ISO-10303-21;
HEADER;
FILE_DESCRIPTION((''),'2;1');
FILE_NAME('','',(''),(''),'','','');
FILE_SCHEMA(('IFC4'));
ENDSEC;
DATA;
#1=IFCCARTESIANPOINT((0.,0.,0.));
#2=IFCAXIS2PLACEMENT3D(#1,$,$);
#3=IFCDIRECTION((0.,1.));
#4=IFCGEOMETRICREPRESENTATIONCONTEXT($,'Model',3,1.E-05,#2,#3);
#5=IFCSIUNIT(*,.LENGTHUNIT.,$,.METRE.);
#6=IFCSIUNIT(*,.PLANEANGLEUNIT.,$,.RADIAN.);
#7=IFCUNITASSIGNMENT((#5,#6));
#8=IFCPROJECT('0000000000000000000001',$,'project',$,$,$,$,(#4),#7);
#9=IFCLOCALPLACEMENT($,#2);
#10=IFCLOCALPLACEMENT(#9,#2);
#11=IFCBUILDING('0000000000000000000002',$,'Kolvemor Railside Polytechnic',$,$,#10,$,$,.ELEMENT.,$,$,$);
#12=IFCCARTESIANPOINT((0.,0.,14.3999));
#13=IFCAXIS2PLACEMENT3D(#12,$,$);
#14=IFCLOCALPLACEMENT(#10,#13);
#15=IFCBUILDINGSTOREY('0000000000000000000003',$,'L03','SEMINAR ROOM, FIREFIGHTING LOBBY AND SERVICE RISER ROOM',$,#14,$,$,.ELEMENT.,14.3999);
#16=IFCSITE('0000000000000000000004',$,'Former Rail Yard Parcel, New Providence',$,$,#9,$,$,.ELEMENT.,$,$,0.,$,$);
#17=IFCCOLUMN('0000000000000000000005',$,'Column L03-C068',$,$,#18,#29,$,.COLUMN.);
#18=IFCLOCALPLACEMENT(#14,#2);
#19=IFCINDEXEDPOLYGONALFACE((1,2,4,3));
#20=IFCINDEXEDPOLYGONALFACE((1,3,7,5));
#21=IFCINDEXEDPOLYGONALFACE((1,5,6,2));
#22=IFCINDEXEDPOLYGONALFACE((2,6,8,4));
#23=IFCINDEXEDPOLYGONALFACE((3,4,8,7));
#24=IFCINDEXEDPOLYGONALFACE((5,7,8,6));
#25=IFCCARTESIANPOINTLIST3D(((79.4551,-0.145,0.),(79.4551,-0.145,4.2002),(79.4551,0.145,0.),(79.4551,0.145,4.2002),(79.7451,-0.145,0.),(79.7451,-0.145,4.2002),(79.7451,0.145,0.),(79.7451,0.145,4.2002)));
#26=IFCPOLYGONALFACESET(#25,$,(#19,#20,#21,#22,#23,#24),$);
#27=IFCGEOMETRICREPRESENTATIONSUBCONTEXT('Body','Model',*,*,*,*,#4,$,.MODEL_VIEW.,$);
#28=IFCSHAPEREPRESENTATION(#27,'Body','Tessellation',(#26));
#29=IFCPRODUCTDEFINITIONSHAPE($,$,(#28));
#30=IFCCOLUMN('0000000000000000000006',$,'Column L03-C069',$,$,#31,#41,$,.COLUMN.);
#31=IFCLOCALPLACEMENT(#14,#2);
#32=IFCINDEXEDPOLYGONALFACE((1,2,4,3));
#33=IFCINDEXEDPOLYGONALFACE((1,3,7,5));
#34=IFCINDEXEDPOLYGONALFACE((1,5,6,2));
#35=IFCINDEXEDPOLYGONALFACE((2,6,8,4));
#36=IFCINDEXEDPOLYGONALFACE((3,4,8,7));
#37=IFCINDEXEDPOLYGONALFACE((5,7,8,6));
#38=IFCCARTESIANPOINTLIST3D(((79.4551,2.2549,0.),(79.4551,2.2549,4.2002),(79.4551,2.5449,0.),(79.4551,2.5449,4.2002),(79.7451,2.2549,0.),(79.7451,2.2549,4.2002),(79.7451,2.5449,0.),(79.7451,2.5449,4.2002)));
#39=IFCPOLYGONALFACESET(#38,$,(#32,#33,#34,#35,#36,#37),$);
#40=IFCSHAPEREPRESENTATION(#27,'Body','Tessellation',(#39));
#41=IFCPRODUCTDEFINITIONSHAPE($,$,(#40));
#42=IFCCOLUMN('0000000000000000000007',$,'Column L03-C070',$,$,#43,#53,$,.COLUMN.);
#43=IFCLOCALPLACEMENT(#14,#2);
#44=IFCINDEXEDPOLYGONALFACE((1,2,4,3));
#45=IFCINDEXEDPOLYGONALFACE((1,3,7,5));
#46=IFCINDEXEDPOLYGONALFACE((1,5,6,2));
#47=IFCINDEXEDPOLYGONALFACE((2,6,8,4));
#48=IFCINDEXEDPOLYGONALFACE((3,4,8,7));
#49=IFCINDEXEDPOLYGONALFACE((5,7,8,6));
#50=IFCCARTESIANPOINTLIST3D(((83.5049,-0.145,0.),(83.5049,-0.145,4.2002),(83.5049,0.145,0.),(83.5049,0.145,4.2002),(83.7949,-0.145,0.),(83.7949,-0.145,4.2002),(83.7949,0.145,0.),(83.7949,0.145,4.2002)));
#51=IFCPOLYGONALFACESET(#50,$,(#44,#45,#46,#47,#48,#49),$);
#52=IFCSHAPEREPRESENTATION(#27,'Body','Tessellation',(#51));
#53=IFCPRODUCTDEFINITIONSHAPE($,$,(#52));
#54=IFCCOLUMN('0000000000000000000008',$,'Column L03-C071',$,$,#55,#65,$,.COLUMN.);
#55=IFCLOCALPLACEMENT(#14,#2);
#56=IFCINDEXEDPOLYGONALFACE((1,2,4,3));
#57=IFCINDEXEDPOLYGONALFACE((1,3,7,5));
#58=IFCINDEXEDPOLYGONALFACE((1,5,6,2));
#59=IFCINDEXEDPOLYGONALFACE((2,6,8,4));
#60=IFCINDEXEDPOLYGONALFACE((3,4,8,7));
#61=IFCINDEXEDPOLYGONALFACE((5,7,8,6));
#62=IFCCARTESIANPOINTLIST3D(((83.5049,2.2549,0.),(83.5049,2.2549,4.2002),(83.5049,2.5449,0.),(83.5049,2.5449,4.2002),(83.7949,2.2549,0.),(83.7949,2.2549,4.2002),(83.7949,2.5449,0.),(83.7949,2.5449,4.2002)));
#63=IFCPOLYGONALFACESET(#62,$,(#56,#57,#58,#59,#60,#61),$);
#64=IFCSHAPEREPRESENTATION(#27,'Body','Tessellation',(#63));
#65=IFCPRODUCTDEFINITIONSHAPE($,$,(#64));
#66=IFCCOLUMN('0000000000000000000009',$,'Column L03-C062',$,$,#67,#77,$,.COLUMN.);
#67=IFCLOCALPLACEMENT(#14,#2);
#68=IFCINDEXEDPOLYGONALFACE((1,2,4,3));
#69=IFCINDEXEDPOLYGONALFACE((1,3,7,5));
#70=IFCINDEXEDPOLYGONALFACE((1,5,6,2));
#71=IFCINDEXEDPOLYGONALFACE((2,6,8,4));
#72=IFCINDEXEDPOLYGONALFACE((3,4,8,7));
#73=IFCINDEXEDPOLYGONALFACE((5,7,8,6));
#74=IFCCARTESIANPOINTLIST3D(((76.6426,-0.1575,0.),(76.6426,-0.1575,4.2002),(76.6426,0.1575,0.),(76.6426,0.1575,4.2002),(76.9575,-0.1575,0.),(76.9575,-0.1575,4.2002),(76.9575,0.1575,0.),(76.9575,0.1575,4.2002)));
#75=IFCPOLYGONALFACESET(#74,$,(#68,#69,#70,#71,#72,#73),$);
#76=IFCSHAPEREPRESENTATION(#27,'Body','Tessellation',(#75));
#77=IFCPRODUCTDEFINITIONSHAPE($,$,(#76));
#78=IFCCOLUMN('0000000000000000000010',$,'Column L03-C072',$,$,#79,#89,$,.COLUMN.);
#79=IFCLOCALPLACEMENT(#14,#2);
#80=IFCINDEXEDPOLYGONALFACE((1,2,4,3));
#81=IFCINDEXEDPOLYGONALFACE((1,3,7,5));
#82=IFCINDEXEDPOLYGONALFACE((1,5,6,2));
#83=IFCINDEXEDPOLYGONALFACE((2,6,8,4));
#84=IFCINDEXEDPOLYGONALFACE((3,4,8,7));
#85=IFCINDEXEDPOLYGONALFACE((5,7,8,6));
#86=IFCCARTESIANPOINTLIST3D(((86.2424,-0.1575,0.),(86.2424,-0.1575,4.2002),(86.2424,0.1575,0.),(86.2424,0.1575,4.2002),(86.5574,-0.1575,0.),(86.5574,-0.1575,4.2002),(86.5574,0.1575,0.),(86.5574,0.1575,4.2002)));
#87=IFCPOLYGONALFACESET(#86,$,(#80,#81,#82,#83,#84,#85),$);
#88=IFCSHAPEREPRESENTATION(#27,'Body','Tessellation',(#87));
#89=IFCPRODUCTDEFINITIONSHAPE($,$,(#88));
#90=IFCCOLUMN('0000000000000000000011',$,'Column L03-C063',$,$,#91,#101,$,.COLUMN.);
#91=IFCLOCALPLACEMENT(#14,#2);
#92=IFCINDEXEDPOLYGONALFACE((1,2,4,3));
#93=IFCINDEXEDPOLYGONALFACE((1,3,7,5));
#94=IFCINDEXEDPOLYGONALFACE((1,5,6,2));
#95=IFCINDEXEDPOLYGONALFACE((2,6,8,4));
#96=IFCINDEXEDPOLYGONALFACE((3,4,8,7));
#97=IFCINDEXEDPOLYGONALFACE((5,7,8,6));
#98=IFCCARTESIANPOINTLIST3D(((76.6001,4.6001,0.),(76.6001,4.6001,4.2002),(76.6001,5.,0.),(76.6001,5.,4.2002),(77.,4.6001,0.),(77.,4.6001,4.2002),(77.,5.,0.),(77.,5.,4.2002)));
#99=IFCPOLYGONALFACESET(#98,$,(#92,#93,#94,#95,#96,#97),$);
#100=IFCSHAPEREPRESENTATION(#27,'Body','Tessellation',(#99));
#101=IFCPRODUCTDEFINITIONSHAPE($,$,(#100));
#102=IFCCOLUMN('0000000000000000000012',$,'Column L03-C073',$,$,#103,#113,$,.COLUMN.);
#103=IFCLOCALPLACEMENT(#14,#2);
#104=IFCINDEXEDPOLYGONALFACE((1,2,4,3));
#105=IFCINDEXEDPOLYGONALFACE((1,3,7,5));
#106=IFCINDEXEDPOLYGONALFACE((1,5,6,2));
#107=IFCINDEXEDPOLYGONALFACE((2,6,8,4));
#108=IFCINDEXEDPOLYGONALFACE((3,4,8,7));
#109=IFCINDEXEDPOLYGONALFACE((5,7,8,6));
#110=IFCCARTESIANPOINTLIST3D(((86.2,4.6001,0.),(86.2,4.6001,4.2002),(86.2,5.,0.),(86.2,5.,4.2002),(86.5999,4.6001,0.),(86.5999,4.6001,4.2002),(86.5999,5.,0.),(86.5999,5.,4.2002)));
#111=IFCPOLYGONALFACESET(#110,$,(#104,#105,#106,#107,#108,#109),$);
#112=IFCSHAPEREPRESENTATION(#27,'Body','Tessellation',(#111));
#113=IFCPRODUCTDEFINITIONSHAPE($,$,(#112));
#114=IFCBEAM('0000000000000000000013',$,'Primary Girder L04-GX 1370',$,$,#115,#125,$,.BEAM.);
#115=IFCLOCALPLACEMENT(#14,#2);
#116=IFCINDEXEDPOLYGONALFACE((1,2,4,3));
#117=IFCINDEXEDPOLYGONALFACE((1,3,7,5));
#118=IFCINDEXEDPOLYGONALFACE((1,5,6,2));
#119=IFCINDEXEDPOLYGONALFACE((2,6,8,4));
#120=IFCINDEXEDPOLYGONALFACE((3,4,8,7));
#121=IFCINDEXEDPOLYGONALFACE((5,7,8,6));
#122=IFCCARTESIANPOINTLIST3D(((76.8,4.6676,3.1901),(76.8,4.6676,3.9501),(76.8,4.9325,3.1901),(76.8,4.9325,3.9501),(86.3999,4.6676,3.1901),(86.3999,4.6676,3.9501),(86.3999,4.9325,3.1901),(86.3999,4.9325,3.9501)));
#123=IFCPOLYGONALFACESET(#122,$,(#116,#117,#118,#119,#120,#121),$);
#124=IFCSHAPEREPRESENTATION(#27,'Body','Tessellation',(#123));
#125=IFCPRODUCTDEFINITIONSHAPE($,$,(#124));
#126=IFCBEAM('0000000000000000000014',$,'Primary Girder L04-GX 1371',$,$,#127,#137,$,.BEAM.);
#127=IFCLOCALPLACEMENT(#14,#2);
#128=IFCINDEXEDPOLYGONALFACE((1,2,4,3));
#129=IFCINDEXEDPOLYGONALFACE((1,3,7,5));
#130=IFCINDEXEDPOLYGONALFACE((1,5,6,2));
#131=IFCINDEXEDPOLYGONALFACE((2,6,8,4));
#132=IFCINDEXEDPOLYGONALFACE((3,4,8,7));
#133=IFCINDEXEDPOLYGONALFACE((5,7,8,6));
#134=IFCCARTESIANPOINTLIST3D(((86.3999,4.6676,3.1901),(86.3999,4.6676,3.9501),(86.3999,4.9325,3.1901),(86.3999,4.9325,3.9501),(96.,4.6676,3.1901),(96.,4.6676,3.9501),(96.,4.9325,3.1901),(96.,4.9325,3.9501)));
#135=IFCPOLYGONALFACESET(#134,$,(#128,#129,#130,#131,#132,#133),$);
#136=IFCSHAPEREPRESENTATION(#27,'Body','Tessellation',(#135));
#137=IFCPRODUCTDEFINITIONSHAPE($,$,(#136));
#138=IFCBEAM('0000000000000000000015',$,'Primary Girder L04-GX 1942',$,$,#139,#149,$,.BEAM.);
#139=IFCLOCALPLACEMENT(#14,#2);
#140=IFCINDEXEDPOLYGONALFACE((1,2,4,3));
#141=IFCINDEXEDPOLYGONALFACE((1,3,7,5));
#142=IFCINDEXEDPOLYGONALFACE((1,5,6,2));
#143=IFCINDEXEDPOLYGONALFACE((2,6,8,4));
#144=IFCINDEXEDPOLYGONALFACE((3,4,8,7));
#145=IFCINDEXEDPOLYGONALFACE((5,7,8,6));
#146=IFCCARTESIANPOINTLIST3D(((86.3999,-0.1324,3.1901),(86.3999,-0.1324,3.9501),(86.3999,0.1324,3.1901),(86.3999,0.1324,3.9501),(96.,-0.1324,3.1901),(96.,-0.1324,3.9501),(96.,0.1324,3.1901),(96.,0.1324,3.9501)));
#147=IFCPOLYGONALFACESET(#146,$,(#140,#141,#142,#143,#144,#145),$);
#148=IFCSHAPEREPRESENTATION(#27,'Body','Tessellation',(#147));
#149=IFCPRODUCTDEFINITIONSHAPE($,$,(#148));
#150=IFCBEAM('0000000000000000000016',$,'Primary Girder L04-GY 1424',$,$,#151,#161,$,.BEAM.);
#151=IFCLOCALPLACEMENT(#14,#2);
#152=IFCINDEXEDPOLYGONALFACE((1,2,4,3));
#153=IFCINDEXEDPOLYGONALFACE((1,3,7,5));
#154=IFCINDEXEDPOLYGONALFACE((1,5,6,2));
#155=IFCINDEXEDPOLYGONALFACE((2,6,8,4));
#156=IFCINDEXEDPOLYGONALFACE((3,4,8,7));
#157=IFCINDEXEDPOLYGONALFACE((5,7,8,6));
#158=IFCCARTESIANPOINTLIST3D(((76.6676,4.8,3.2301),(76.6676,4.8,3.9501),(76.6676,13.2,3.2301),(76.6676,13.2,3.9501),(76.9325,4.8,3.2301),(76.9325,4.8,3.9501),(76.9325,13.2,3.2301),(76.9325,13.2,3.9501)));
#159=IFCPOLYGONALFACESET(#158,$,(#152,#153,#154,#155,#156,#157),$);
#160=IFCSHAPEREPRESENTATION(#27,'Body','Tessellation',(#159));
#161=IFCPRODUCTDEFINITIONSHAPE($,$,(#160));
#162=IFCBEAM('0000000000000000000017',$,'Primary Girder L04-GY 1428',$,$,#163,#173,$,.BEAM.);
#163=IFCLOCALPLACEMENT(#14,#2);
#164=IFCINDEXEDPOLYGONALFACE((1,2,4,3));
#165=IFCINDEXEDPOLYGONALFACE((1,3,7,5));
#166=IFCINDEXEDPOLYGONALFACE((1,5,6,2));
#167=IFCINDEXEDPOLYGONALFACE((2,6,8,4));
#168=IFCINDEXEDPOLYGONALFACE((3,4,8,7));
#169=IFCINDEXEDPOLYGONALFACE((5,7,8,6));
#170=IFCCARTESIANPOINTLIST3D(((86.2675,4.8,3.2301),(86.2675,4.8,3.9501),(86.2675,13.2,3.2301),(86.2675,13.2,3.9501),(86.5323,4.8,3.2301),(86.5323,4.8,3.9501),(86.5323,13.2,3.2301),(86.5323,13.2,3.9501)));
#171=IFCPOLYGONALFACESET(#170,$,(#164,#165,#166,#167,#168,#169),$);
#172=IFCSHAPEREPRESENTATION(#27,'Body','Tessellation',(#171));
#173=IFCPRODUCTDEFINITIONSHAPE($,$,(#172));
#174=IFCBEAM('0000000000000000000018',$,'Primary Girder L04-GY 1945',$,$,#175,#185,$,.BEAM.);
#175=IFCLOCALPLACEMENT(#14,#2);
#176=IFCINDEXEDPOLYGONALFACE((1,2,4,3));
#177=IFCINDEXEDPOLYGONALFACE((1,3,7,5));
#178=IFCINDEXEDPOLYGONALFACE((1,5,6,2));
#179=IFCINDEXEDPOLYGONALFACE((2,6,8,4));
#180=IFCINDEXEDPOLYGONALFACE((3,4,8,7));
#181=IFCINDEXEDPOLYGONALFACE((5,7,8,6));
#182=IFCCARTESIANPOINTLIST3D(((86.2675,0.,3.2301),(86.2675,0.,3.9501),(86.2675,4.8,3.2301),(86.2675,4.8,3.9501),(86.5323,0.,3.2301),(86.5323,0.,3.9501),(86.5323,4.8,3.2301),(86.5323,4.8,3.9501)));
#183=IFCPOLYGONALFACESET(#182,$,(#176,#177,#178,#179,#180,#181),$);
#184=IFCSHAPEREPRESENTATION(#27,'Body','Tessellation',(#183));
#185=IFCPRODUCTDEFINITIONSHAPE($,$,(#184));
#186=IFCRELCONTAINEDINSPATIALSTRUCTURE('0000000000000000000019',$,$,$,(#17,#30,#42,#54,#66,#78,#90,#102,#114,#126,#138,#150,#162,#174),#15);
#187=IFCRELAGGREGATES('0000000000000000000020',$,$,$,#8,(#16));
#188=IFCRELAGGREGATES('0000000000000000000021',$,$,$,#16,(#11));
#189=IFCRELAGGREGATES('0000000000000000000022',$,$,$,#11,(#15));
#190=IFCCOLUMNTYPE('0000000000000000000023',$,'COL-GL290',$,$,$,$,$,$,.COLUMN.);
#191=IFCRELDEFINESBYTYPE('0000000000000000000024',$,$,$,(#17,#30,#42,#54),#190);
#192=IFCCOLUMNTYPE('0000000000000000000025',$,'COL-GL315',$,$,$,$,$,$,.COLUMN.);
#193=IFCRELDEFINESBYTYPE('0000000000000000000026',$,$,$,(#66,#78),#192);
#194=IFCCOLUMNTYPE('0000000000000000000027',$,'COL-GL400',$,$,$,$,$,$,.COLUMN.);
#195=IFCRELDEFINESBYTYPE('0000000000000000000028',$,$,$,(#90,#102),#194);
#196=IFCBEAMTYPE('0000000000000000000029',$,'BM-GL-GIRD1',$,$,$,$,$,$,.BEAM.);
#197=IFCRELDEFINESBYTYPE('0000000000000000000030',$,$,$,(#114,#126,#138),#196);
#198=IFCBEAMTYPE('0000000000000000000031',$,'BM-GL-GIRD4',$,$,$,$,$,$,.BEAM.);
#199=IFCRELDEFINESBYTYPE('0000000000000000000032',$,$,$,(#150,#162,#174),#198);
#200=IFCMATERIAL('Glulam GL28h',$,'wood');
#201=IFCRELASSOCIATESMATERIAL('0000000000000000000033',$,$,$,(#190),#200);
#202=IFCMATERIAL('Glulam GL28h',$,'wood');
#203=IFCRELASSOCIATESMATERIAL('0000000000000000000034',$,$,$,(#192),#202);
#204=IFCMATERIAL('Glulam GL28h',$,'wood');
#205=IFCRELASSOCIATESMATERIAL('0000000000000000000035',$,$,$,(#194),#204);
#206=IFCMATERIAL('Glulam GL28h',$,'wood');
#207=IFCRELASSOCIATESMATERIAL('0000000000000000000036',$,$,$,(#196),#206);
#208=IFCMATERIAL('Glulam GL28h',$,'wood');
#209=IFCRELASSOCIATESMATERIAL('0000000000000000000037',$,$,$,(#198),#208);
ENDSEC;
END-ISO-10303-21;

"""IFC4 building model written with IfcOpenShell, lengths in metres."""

from ifc_helpers import new_model, si_unit, direction, frame, origin, origin_2d, place, context, subcontext, project, spatial, rectangle, extrude, material, material_profile, profile_set, type_object, element, save


model = new_model("IFC4")

# Units and contexts
model_context = context("Model", 3, precision=1e-05, world=origin(), true_north=direction((0.0, 1.0)))
body_context = subcontext(model_context, "Body", "Model", "MODEL_VIEW")
ifc_project = project(units=[si_unit("LENGTHUNIT", "METRE"), si_unit("PLANEANGLEUNIT", "RADIAN")], contexts=[model_context])

# Site, building, storey
site_placement = place(None, origin())
site = spatial("IfcSite", under=ifc_project, at=site_placement, Name="Former Rail Yard Parcel, New Providence", CompositionType="ELEMENT", RefElevation=0.0)
building_placement = place(site_placement, origin())
building = spatial("IfcBuilding", under=site, at=building_placement, Name="Kolvemor Railside Polytechnic", CompositionType="ELEMENT")
storey_placement = place(building_placement, frame((0.0, 0.0, 14.3999)))
storey = spatial("IfcBuildingStorey", under=building, at=storey_placement, Name="L03", Description="SEMINAR ROOM, FIREFIGHTING LOBBY AND SERVICE RISER ROOM", CompositionType="ELEMENT", Elevation=14.3999)

# Columns
ifc_material_1 = material(Name="Glulam GL28h", Category="wood")
ifc_material_profile_1 = material_profile(ifc_material_1, rectangle(XDim=0.29, YDim=0.29, at=origin_2d()), Name="GL290x290")
ifc_profile_set_1 = profile_set([ifc_material_profile_1], Name="Glulam GL28h")
column_type_1 = type_object("IfcColumnType", Name="COL-GL290", PredefinedType="COLUMN", material=ifc_profile_set_1)
for number, where, z_axis, x_axis, name in (
    (1, (79.6001, 0.0, 0.0), (0.0, 0.0, 1.0), (1.0, 0.0, 0.0), "Column L03-C068"),
    (2, (79.6001, 2.3999, 0.0), (0.0, 0.0, 1.0), (1.0, 0.0, 0.0), "Column L03-C069"),
    (3, (83.6499, 0.0, 0.0), (0.0, 0.0, 1.0), (1.0, 0.0, 0.0), "Column L03-C070"),
    (4, (83.6499, 2.3999, 0.0), (0.0, 0.0, 1.0), (1.0, 0.0, 0.0), "Column L03-C071"),
):
    element("IfcColumn", number, at=place(storey_placement, frame(where, z_axis=z_axis, x_axis=x_axis)), inside=storey, type_object=column_type_1, Name=name, PredefinedType="COLUMN", context=body_context, shape_type="SweptSolid", body=[
        extrude(rectangle(XDim=0.29, YDim=0.29, at=origin_2d()), origin(), (0.0, 0.0, 1.0), 4.2002),
    ])
ifc_material_2 = material(Name="Glulam GL28h", Category="wood")
ifc_material_profile_2 = material_profile(ifc_material_2, rectangle(XDim=0.3149, YDim=0.3149, at=origin_2d()), Name="GL315x315")
ifc_profile_set_2 = profile_set([ifc_material_profile_2], Name="Glulam GL28h")
column_type_2 = type_object("IfcColumnType", Name="COL-GL315", PredefinedType="COLUMN", material=ifc_profile_set_2)
for number, where, z_axis, x_axis, name in (
    (5, (76.8, 0.0, 0.0), (0.0, 0.0, 1.0), (1.0, 0.0, 0.0), "Column L03-C062"),
    (6, (86.3999, 0.0, 0.0), (0.0, 0.0, 1.0), (1.0, 0.0, 0.0), "Column L03-C072"),
):
    element("IfcColumn", number, at=place(storey_placement, frame(where, z_axis=z_axis, x_axis=x_axis)), inside=storey, type_object=column_type_2, Name=name, PredefinedType="COLUMN", context=body_context, shape_type="SweptSolid", body=[
        extrude(rectangle(XDim=0.3149, YDim=0.3149, at=origin_2d()), origin(), (0.0, 0.0, 1.0), 4.2002),
    ])
ifc_material_3 = material(Name="Glulam GL28h", Category="wood")
ifc_material_profile_3 = material_profile(ifc_material_3, rectangle(XDim=0.3999, YDim=0.3999, at=origin_2d()), Name="GL400x400")
ifc_profile_set_3 = profile_set([ifc_material_profile_3], Name="Glulam GL28h")
column_type_3 = type_object("IfcColumnType", Name="COL-GL400", PredefinedType="COLUMN", material=ifc_profile_set_3)
for number, where, z_axis, x_axis, name in (
    (7, (76.8, 4.8, 0.0), (0.0, 0.0, 1.0), (1.0, 0.0, 0.0), "Column L03-C063"),
    (8, (86.3999, 4.8, 0.0), (0.0, 0.0, 1.0), (1.0, 0.0, 0.0), "Column L03-C073"),
):
    element("IfcColumn", number, at=place(storey_placement, frame(where, z_axis=z_axis, x_axis=x_axis)), inside=storey, type_object=column_type_3, Name=name, PredefinedType="COLUMN", context=body_context, shape_type="SweptSolid", body=[
        extrude(rectangle(XDim=0.3999, YDim=0.3999, at=origin_2d()), origin(), (0.0, 0.0, 1.0), 4.2002),
    ])

# Beams
ifc_material_4 = material(Name="Glulam GL28h", Category="wood")
ifc_material_profile_4 = material_profile(ifc_material_4, rectangle(XDim=0.2649, YDim=0.76, at=origin_2d()), Name="GL265x760")
ifc_profile_set_4 = profile_set([ifc_material_profile_4], Name="Glulam GL28h")
beam_type_1 = type_object("IfcBeamType", Name="BM-GL-GIRD1", PredefinedType="BEAM", material=ifc_profile_set_4)
beam_1_placement = place(storey_placement, frame((76.8, 4.8, 3.5701), z_axis=(1.0, 0.0, 0.0), x_axis=(0.0, 1.0, 0.0)))
element("IfcBeam", 9, at=beam_1_placement, inside=storey, type_object=beam_type_1, Name="Primary Girder L04-GX 1370", PredefinedType="BEAM", context=body_context, shape_type="SweptSolid", body=[
    extrude(rectangle(XDim=0.2649, YDim=0.76, at=origin_2d()), origin(), (0.0, 0.0, 1.0), 9.5999),
])
for number, where, z_axis, x_axis, name in (
    (10, (86.3999, 4.8, 3.5701), (1.0, 0.0, 0.0), (0.0, 1.0, 0.0), "Primary Girder L04-GX 1371"),
    (11, (86.3999, 0.0, 3.5701), (1.0, 0.0, 0.0), (0.0, 1.0, 0.0), "Primary Girder L04-GX 1942"),
):
    element("IfcBeam", number, at=place(storey_placement, frame(where, z_axis=z_axis, x_axis=x_axis)), inside=storey, type_object=beam_type_1, Name=name, PredefinedType="BEAM", context=body_context, shape_type="SweptSolid", body=[
        extrude(rectangle(XDim=0.2649, YDim=0.76, at=origin_2d()), origin(), (0.0, 0.0, 1.0), 9.6001),
    ])
ifc_material_5 = material(Name="Glulam GL28h", Category="wood")
ifc_material_profile_5 = material_profile(ifc_material_5, rectangle(XDim=0.2649, YDim=0.72, at=origin_2d()), Name="GL265x720")
ifc_profile_set_5 = profile_set([ifc_material_profile_5], Name="Glulam GL28h")
beam_type_2 = type_object("IfcBeamType", Name="BM-GL-GIRD4", PredefinedType="BEAM", material=ifc_profile_set_5)
for number, where, z_axis, x_axis, name in (
    (12, (76.8, 4.8, 3.5901), (0.0, 1.0, 0.0), (-1.0, 0.0, 0.0), "Primary Girder L04-GY 1424"),
    (13, (86.3999, 4.8, 3.5901), (0.0, 1.0, 0.0), (-1.0, 0.0, 0.0), "Primary Girder L04-GY 1428"),
):
    element("IfcBeam", number, at=place(storey_placement, frame(where, z_axis=z_axis, x_axis=x_axis)), inside=storey, type_object=beam_type_2, Name=name, PredefinedType="BEAM", context=body_context, shape_type="SweptSolid", body=[
        extrude(rectangle(XDim=0.2649, YDim=0.72, at=origin_2d()), origin(), (0.0, 0.0, 1.0), 8.3999),
    ])
beam_2_placement = place(storey_placement, frame((86.3999, 0.0, 3.5901), z_axis=(0.0, 1.0, 0.0), x_axis=(-1.0, 0.0, 0.0)))
element("IfcBeam", 14, at=beam_2_placement, inside=storey, type_object=beam_type_2, Name="Primary Girder L04-GY 1945", PredefinedType="BEAM", context=body_context, shape_type="SweptSolid", body=[
    extrude(rectangle(XDim=0.2649, YDim=0.72, at=origin_2d()), origin(), (0.0, 0.0, 1.0), 4.8),
])

save(model, "model.ifc")
